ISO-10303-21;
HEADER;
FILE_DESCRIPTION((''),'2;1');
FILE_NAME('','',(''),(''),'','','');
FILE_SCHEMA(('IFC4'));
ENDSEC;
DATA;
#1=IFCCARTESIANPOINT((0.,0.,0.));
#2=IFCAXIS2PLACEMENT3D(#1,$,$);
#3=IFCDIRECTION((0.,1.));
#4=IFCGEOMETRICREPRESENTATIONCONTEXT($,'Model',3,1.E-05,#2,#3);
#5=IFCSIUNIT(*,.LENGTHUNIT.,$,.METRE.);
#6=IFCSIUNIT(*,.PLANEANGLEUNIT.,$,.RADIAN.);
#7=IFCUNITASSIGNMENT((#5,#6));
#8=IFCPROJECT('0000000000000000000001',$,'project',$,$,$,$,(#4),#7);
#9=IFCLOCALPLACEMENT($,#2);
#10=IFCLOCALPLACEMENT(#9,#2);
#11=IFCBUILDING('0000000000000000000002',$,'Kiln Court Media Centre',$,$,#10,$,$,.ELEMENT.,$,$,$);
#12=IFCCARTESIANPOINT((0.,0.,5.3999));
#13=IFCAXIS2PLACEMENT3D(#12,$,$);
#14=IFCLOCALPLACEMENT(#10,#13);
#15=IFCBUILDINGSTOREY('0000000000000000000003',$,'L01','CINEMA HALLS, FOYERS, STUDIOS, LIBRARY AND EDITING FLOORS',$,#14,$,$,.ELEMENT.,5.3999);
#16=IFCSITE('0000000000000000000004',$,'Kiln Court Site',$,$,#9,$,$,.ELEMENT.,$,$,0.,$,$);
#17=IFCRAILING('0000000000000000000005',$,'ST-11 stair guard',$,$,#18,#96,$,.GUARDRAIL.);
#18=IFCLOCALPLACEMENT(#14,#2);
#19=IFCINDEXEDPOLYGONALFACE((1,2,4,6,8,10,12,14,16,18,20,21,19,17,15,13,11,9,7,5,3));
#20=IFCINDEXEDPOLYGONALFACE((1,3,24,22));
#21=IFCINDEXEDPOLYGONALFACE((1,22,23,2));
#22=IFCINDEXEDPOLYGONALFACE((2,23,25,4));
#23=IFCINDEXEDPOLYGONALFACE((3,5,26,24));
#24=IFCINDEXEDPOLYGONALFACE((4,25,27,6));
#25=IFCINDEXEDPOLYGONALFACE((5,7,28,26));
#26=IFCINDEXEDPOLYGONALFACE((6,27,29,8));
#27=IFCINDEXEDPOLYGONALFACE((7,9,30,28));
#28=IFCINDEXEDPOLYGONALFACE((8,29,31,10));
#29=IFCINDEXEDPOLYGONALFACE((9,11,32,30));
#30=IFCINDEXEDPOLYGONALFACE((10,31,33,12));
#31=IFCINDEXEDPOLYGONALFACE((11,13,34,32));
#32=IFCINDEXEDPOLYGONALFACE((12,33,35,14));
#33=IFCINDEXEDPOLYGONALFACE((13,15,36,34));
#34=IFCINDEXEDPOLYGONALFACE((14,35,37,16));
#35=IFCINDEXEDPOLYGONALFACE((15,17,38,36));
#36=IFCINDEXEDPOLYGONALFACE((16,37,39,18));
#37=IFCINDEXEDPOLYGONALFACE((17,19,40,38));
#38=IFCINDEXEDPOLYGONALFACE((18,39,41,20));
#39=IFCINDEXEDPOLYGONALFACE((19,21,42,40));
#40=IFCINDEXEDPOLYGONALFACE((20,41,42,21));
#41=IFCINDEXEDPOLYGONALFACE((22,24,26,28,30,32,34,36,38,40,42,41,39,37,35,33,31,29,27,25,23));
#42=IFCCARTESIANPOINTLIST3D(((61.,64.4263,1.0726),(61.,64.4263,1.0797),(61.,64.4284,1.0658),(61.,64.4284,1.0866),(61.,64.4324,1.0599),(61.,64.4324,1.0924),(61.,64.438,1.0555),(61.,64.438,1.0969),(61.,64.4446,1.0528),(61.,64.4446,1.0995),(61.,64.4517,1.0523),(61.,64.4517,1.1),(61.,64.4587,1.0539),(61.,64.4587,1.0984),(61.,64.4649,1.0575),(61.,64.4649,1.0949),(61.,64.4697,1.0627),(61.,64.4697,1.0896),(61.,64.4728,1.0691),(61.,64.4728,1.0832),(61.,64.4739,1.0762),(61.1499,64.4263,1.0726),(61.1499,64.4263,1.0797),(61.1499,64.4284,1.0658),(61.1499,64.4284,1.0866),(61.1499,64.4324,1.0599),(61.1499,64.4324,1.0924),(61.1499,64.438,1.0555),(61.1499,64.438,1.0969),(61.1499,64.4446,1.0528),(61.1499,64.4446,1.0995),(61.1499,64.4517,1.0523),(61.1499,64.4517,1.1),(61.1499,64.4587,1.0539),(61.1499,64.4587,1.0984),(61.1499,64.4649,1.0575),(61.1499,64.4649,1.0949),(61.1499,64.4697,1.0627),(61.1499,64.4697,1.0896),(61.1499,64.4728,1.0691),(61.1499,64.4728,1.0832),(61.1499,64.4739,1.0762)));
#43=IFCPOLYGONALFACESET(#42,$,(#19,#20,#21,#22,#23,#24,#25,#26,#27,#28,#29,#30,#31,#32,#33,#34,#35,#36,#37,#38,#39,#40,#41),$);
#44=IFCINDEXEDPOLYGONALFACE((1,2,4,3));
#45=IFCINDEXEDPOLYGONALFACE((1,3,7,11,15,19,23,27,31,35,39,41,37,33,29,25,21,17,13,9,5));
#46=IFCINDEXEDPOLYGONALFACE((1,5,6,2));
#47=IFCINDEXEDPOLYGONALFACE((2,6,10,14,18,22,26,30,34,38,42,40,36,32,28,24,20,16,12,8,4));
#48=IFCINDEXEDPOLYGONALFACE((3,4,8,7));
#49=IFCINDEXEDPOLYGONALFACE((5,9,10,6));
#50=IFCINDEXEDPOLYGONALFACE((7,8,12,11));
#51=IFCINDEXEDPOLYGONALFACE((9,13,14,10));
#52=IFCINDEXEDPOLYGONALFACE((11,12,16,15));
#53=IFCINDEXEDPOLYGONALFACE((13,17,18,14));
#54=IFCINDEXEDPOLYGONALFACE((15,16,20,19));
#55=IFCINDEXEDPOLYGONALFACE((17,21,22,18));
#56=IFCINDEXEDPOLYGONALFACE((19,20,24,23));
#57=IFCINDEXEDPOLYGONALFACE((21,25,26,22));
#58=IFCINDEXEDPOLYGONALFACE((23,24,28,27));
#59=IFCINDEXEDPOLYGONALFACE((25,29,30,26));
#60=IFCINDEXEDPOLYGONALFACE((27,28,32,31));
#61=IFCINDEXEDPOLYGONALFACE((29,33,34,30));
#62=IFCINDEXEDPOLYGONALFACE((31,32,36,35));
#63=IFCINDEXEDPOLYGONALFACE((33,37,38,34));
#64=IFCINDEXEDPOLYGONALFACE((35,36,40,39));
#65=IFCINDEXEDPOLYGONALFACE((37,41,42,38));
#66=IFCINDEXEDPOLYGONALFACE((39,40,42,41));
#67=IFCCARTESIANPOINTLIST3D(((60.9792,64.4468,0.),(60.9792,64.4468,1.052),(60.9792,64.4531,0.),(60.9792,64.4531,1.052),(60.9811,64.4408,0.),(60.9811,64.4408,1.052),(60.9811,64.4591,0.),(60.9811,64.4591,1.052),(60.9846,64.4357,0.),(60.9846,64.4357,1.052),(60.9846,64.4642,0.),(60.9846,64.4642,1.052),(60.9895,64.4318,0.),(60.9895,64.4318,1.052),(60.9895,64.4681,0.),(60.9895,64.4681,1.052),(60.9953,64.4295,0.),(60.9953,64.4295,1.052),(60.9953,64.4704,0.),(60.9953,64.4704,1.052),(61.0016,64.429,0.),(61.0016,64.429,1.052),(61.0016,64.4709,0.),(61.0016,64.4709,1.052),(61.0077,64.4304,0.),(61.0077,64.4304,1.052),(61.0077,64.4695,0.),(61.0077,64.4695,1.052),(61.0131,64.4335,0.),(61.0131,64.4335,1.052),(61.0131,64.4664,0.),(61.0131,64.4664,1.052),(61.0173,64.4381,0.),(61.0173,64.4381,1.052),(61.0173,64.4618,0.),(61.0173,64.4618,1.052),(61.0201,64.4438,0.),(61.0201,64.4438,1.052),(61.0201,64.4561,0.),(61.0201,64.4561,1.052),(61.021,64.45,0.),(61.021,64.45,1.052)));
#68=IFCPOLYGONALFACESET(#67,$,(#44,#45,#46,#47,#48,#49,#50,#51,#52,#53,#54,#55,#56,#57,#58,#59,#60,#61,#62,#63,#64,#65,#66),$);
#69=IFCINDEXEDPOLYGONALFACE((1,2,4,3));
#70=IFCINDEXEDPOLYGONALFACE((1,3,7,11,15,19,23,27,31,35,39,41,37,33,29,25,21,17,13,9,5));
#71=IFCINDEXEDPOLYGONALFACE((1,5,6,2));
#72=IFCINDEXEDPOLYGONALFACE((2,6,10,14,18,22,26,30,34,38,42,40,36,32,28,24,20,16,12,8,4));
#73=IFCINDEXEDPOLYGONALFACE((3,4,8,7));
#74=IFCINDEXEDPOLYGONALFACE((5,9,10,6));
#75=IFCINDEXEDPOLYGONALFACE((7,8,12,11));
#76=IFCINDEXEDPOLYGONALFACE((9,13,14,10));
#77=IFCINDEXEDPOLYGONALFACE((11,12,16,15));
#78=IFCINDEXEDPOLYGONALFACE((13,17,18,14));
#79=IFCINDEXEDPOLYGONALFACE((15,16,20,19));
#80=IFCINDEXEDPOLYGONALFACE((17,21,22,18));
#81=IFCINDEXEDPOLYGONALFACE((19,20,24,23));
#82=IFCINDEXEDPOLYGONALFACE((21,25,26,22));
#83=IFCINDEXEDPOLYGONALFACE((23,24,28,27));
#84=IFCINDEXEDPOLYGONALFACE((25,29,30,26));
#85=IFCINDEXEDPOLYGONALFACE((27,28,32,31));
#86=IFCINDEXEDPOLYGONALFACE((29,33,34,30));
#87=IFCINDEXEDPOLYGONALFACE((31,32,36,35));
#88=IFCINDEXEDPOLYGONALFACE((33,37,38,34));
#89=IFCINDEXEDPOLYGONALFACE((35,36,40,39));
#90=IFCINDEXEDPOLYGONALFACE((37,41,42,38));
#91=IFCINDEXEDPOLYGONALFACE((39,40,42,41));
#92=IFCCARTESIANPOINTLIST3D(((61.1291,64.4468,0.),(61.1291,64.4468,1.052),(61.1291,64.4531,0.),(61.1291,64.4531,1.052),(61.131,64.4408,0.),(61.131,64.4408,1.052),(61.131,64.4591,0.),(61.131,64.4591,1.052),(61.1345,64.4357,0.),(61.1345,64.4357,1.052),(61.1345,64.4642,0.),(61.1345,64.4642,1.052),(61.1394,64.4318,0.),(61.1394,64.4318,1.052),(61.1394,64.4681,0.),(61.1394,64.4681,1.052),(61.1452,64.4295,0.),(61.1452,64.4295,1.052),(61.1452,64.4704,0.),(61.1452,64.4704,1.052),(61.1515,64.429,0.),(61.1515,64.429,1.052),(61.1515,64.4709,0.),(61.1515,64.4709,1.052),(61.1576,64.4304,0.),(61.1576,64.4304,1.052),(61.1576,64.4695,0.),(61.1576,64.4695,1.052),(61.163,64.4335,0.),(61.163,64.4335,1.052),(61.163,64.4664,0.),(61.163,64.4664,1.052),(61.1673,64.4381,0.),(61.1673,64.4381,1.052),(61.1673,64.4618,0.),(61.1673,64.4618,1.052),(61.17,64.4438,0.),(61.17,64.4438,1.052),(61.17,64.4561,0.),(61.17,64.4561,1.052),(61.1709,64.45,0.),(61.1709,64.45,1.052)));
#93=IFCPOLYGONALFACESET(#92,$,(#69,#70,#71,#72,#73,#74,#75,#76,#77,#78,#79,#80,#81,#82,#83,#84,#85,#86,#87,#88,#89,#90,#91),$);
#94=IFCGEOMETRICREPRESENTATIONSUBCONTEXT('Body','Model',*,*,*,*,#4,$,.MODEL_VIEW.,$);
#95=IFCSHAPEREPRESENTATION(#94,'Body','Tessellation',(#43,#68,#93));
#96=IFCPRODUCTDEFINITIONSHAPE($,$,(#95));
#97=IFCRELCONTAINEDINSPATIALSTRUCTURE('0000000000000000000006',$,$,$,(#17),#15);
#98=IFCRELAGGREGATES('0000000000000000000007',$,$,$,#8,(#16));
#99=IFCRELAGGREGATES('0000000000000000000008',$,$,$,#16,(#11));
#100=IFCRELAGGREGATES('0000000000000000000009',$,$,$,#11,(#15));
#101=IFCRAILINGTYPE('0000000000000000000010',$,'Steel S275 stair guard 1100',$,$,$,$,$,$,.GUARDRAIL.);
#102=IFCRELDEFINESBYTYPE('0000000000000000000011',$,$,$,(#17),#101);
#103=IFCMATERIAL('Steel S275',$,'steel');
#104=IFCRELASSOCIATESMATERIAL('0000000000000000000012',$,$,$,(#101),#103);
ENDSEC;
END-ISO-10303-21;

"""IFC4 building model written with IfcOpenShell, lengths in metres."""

from ifc_helpers import new_model, si_unit, direction, frame, origin, origin_2d, place, context, subcontext, project, spatial, circle, extrude, material, type_object, element, save


model = new_model("IFC4")

# Units and contexts
model_context = context("Model", 3, precision=1e-05, world=origin(), true_north=direction((0.0, 1.0)))
body_context = subcontext(model_context, "Body", "Model", "MODEL_VIEW")
ifc_project = project(units=[si_unit("LENGTHUNIT", "METRE"), si_unit("PLANEANGLEUNIT", "RADIAN")], contexts=[model_context])

# Site, building, storey
site_placement = place(None, origin())
site = spatial("IfcSite", under=ifc_project, at=site_placement, Name="Kiln Court Site", CompositionType="ELEMENT", RefElevation=0.0)
building_placement = place(site_placement, origin())
building = spatial("IfcBuilding", under=site, at=building_placement, Name="Kiln Court Media Centre", CompositionType="ELEMENT")
storey_placement = place(building_placement, frame((0.0, 0.0, 5.3999)))
storey = spatial("IfcBuildingStorey", under=building, at=storey_placement, Name="L01", Description="CINEMA HALLS, FOYERS, STUDIOS, LIBRARY AND EDITING FLOORS", CompositionType="ELEMENT", Elevation=5.3999)

# Railing
ifc_material_1 = material(Name="Steel S275", Category="steel")
railing_type_1 = type_object("IfcRailingType", Name="Steel S275 stair guard 1100", PredefinedType="GUARDRAIL", material=ifc_material_1)
railing_1_placement = place(storey_placement, frame((61.0, 64.45, 0.0)))
element("IfcRailing", 1, at=railing_1_placement, inside=storey, type_object=railing_type_1, Name="ST-11 stair guard", PredefinedType="GUARDRAIL", context=body_context, shape_type="SweptSolid", body=[
    extrude(circle(Radius=0.0239, at=origin_2d()), frame((0.0, 0.0, 1.0762), z_axis=(1.0, 0.0, 0.0), x_axis=(0.0, 1.0, 0.0)), (0.0, 0.0, 1.0), 0.1499),
    extrude(circle(Radius=0.021, at=origin_2d()), origin(), (0.0, 0.0, 1.0), 1.052),
    extrude(circle(Radius=0.021, at=origin_2d()), frame((0.1499, 0.0, 0.0)), (0.0, 0.0, 1.0), 1.052),
])

save(model, "model.ifc")
